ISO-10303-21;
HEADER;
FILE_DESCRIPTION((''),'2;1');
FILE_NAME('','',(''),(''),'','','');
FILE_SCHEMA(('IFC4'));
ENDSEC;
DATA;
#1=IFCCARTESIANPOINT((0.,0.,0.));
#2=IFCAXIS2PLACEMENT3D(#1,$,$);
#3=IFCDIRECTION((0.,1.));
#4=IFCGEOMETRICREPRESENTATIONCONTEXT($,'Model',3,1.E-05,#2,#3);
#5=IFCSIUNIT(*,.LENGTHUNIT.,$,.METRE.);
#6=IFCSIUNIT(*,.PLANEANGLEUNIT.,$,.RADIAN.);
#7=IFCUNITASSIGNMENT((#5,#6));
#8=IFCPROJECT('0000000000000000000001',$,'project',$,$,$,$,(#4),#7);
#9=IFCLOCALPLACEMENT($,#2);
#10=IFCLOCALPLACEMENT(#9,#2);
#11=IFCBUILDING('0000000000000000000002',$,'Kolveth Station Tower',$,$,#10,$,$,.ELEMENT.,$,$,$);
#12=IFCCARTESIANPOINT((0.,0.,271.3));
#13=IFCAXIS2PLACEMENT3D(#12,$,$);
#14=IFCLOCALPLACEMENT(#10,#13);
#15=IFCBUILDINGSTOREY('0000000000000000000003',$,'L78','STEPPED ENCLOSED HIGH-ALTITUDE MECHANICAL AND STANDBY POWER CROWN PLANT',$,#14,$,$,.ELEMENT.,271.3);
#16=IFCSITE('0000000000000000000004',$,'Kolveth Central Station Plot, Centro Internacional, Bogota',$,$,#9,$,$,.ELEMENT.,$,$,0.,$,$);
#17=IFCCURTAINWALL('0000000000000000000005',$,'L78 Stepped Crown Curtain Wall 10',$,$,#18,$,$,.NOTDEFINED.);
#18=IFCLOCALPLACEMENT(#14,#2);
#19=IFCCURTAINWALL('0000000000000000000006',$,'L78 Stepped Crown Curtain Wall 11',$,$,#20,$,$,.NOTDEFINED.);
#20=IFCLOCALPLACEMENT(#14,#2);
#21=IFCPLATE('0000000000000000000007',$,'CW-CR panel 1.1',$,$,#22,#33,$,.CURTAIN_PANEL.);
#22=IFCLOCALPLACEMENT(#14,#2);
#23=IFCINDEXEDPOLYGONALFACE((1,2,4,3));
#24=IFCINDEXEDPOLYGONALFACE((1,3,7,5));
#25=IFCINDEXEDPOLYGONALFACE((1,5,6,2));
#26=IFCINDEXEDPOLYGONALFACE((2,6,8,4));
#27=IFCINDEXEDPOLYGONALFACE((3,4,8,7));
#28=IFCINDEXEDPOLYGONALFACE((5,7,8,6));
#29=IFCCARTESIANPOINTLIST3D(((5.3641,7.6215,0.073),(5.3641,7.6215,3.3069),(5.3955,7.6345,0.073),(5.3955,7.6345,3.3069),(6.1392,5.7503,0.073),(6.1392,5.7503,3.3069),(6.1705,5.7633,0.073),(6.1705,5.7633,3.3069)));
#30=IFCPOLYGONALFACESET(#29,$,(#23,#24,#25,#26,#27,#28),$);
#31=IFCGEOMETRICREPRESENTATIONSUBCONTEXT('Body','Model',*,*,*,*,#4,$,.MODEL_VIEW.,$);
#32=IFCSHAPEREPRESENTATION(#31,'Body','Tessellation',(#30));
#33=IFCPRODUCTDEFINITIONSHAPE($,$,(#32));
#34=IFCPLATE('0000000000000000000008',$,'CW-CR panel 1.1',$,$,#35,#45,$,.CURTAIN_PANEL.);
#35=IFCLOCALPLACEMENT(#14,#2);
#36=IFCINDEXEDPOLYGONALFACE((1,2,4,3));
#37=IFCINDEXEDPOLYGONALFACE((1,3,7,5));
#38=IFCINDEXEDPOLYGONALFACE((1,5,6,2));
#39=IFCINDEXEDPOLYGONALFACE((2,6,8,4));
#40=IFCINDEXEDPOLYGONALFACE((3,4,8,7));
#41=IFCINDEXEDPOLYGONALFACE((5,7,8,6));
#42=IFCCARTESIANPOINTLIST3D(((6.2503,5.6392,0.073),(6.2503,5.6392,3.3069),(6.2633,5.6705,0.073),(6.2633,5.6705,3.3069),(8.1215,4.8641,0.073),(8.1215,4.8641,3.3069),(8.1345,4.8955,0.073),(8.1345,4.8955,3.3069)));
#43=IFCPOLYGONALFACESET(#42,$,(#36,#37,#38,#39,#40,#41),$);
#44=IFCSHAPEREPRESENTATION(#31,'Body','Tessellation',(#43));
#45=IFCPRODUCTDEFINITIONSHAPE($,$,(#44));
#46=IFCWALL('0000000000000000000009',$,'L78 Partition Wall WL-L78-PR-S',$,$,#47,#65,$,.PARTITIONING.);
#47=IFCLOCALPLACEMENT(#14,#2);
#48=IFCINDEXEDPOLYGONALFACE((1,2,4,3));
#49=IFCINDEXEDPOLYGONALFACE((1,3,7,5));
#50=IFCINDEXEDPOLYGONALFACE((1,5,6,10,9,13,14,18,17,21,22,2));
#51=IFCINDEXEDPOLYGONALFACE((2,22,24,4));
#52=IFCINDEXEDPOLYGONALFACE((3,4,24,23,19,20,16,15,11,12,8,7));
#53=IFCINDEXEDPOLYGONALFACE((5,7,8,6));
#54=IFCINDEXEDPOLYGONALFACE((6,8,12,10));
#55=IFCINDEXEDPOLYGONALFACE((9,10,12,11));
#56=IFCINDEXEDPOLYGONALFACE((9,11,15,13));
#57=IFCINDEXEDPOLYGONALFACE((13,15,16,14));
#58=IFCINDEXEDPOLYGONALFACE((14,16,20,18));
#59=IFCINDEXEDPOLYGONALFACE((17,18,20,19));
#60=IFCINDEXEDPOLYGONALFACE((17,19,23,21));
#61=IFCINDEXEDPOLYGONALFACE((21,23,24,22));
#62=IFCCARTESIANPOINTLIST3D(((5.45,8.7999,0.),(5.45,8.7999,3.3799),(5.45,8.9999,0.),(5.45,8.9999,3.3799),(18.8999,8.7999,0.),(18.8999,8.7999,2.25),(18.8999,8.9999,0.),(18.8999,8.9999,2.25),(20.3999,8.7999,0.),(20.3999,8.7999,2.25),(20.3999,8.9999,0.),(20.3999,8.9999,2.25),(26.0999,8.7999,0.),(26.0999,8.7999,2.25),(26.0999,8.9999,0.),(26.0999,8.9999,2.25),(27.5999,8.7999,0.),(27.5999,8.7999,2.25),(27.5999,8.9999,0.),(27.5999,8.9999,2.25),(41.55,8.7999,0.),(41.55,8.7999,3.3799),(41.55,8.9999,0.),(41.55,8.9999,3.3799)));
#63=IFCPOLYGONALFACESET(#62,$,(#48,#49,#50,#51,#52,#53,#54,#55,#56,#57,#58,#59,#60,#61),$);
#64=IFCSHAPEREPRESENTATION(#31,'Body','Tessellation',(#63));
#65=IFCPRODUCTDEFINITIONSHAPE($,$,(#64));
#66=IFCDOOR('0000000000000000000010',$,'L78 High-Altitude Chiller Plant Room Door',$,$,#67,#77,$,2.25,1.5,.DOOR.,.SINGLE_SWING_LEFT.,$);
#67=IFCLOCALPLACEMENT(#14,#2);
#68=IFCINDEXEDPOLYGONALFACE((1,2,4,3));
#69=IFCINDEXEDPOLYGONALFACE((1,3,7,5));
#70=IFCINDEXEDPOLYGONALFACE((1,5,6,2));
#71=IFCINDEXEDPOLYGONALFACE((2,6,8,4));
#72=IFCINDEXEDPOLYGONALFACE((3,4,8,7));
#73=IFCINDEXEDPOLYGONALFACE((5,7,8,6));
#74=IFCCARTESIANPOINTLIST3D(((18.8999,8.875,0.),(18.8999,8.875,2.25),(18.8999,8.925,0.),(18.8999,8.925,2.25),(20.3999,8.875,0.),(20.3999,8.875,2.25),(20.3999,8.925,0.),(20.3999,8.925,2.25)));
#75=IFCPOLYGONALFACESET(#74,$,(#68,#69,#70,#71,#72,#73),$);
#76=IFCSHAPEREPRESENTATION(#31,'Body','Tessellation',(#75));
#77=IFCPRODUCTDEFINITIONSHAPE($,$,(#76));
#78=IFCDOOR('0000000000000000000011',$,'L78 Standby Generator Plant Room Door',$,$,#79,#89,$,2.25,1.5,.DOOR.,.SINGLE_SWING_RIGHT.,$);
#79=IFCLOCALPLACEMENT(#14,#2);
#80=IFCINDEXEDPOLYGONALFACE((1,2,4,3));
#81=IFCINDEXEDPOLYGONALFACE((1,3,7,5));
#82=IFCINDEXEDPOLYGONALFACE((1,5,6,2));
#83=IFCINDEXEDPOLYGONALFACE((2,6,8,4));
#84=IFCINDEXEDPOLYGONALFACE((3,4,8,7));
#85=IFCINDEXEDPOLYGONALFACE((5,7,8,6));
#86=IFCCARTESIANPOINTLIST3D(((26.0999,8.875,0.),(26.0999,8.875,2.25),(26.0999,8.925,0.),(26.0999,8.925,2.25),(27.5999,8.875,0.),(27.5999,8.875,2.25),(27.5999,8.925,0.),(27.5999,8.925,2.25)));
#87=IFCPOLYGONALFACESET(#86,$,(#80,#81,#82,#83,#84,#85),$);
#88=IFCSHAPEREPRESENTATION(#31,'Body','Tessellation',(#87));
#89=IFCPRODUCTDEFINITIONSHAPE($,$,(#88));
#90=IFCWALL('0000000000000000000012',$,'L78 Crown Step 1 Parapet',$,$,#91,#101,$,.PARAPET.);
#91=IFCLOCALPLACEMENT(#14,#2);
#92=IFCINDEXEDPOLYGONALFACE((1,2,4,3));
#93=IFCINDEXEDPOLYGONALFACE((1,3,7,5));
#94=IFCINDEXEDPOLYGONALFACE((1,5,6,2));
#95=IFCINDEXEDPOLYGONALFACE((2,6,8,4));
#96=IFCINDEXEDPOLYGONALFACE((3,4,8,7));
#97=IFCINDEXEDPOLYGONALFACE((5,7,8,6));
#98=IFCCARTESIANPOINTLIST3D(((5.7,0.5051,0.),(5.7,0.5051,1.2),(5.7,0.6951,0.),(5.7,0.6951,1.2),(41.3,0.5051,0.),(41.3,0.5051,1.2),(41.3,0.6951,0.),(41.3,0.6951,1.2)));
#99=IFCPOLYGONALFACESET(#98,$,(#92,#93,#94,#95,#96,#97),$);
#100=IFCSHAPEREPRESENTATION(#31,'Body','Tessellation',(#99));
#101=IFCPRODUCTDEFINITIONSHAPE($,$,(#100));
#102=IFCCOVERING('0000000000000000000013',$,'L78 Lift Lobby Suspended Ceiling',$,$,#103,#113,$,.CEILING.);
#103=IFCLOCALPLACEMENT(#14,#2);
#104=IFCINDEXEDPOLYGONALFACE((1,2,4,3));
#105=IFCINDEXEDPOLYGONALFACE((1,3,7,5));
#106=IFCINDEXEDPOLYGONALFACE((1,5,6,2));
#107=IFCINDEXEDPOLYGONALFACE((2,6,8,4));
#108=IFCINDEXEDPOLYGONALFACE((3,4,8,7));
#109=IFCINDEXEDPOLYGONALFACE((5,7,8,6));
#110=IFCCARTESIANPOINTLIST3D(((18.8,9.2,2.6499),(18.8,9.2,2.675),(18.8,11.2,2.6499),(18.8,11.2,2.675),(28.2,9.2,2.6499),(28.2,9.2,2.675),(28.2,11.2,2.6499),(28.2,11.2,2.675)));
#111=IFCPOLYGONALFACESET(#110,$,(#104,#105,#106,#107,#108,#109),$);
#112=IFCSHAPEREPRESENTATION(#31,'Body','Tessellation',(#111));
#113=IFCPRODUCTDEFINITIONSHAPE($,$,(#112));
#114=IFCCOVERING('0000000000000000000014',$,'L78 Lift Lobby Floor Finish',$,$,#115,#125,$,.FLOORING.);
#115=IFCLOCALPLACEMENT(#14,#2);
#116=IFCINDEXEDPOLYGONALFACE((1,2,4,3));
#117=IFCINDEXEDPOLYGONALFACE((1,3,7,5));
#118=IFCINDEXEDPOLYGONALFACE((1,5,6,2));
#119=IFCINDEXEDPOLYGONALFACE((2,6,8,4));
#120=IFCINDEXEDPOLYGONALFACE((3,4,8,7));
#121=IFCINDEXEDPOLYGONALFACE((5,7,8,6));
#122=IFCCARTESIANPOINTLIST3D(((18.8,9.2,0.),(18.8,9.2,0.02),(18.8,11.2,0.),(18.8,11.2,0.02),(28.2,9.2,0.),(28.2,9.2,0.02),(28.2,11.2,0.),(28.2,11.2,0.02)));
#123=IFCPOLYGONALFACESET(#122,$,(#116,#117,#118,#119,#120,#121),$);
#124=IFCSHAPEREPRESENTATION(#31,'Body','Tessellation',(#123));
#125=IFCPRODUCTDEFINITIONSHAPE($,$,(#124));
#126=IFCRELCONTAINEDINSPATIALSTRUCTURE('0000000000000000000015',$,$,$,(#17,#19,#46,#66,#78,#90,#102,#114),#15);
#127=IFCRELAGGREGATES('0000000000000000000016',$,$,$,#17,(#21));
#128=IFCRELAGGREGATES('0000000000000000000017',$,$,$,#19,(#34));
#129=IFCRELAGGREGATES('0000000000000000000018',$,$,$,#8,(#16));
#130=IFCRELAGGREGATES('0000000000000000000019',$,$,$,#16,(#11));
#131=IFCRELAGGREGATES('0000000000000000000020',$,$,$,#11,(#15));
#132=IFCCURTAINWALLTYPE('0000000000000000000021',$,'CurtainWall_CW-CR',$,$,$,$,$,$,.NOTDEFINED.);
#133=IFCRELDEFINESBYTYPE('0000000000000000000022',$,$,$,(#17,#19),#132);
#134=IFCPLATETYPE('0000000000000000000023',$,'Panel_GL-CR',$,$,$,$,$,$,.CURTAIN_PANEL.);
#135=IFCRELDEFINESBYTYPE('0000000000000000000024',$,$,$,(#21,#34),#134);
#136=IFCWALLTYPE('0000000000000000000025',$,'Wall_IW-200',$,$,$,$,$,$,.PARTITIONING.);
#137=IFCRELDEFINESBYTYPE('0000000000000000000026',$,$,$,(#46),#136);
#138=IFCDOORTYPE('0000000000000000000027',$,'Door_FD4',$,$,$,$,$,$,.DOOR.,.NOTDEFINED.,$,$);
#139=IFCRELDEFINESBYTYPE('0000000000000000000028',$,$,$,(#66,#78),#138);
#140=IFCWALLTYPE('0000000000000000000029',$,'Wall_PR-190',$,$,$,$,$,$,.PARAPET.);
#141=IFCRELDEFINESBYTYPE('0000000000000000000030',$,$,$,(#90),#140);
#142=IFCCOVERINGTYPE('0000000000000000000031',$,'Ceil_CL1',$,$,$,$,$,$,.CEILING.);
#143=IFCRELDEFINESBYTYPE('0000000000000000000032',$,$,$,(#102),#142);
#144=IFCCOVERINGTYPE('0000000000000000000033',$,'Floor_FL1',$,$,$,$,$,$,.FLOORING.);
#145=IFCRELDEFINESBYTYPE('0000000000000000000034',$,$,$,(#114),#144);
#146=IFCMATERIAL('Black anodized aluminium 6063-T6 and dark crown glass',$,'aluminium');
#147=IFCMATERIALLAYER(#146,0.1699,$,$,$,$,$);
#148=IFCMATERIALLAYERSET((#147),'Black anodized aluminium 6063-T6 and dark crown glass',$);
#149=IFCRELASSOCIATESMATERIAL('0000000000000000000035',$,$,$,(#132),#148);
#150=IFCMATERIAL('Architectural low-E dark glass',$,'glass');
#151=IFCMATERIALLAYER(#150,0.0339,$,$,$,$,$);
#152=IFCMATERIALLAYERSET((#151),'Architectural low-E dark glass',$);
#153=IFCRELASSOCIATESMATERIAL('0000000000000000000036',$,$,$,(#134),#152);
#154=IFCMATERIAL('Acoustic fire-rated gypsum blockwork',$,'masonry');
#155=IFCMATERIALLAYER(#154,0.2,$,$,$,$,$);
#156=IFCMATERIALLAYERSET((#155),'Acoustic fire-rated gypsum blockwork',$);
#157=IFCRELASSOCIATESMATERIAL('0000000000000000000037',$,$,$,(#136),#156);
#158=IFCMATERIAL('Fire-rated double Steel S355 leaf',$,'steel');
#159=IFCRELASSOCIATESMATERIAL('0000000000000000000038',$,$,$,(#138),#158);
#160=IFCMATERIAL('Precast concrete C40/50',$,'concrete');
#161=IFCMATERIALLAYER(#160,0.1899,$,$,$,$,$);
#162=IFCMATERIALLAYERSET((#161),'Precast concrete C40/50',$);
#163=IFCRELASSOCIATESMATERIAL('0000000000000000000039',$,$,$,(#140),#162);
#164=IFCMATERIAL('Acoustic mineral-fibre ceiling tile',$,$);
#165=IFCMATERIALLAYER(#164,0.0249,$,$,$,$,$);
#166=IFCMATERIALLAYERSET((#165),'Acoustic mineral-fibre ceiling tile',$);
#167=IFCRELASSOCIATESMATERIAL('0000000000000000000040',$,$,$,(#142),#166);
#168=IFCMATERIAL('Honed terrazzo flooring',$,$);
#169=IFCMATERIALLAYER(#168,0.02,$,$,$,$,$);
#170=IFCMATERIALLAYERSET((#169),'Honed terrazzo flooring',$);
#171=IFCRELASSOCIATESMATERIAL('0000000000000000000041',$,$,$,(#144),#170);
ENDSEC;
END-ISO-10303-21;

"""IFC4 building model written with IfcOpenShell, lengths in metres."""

from ifc_helpers import new_model, si_unit, direction, frame, frame_2d, origin, origin_2d, place, context, subcontext, project, spatial, polyline, rectangle, outline, extrude, source, transform, mapped, material, layer, layer_set, type_object, element, fill, aggregate, save


model = new_model("IFC4")

# Units and contexts
model_context = context("Model", 3, precision=1e-05, world=origin(), true_north=direction((0.0, 1.0)))
body_context = subcontext(model_context, "Body", "Model", "MODEL_VIEW")
ifc_project = project(units=[si_unit("LENGTHUNIT", "METRE"), si_unit("PLANEANGLEUNIT", "RADIAN")], contexts=[model_context])

# Site, building, storey
site_placement = place(None, origin())
site = spatial("IfcSite", under=ifc_project, at=site_placement, Name="Kolveth Central Station Plot, Centro Internacional, Bogota", CompositionType="ELEMENT", RefElevation=0.0)
building_placement = place(site_placement, origin())
building = spatial("IfcBuilding", under=site, at=building_placement, Name="Kolveth Station Tower", CompositionType="ELEMENT")
storey_placement = place(building_placement, frame((0.0, 0.0, 271.3)))
storey = spatial("IfcBuildingStorey", under=building, at=storey_placement, Name="L78", Description="STEPPED ENCLOSED HIGH-ALTITUDE MECHANICAL AND STANDBY POWER CROWN PLANT", CompositionType="ELEMENT", Elevation=271.3)

# Shared definitions
ifc_material_1 = material(Name="Black anodized aluminium 6063-T6 and dark crown glass", Category="aluminium")
ifc_layer_1 = layer(ifc_material_1, 0.1699)
ifc_layer_set_1 = layer_set([ifc_layer_1], Name="Black anodized aluminium 6063-T6 and dark crown glass")
curtain_wall_type = type_object("IfcCurtainWallType", Name="CurtainWall_CW-CR", PredefinedType="NOTDEFINED", material=ifc_layer_set_1)

# Curtain wall
curtain_wall_1_placement = place(storey_placement, origin())
curtain_wall_1 = element("IfcCurtainWall", 1, at=curtain_wall_1_placement, inside=storey, type_object=curtain_wall_type, Name="L78 Stepped Crown Curtain Wall 10", PredefinedType="NOTDEFINED")

# Curtain wall
curtain_wall_2_placement = place(storey_placement, origin())
curtain_wall_2 = element("IfcCurtainWall", 2, at=curtain_wall_2_placement, inside=storey, type_object=curtain_wall_type, Name="L78 Stepped Crown Curtain Wall 11", PredefinedType="NOTDEFINED")

# Plates
ifc_material_2 = material(Name="Architectural low-E dark glass", Category="glass")
ifc_layer_2 = layer(ifc_material_2, 0.0339)
ifc_layer_set_2 = layer_set([ifc_layer_2], Name="Architectural low-E dark glass")
plate_type_1 = type_object("IfcPlateType", Name="Panel_GL-CR", PredefinedType="CURTAIN_PANEL", material=ifc_layer_set_2)
shared_shape_1 = source(origin(), body_context, "Body", "SweptSolid", [
    extrude(rectangle(XDim=2.0254, YDim=0.0339, at=origin_2d()), origin(), (0.0, 0.0, 1.0), 3.2339),
])
plate_1_placement = place(storey_placement, frame((5.7673, 6.6924, 0.073), z_axis=(0.0, 0.0, 1.0), x_axis=(0.382658, -0.92389, 0.0)))
plate_1 = element("IfcPlate", 3, at=plate_1_placement, type_object=plate_type_1, Name="CW-CR panel 1.1", PredefinedType="CURTAIN_PANEL", context=body_context, shape_type="MappedRepresentation", body=[
    mapped(shared_shape_1, transform((0.0, 0.0, 0.0), x_axis=(1.0, 0.0, 0.0), y_axis=(0.0, 1.0, 0.0), z_axis=(0.0, 0.0, 1.0), scale=1.0)),
])
aggregate(curtain_wall_1, [plate_1])
plate_2_placement = place(storey_placement, frame((7.1924, 5.2673, 0.073), z_axis=(0.0, 0.0, 1.0), x_axis=(0.92389, -0.382658, 0.0)))
plate_2 = element("IfcPlate", 4, at=plate_2_placement, type_object=plate_type_1, Name="CW-CR panel 1.1", PredefinedType="CURTAIN_PANEL", context=body_context, shape_type="MappedRepresentation", body=[
    mapped(shared_shape_1, transform((0.0, 0.0, 0.0), x_axis=(1.0, 0.0, 0.0), y_axis=(0.0, 1.0, 0.0), z_axis=(0.0, 0.0, 1.0), scale=1.0)),
])
aggregate(curtain_wall_2, [plate_2])

# Wall, openings, doors
ifc_material_3 = material(Name="Acoustic fire-rated gypsum blockwork", Category="masonry")
ifc_layer_3 = layer(ifc_material_3, 0.2)
ifc_layer_set_3 = layer_set([ifc_layer_3], Name="Acoustic fire-rated gypsum blockwork")
wall_type_1 = type_object("IfcWallType", Name="Wall_IW-200", PredefinedType="PARTITIONING", material=ifc_layer_set_3)
wall_1_placement = place(storey_placement, frame((5.45, 8.8999, 0.0), z_axis=(0.0, 0.0, 1.0), x_axis=(1.0, 0.0, 0.0)))
wall_1 = element("IfcWall", 5, at=wall_1_placement, inside=storey, type_object=wall_type_1, Name="L78 Partition Wall WL-L78-PR-S", PredefinedType="PARTITIONING", context=body_context, shape_type="SweptSolid", body=[
    extrude(rectangle(XDim=36.1001, YDim=0.2, at=frame_2d((18.05, 0.0))), origin(), (0.0, 0.0, 1.0), 3.3799),
])
opening_1_placement = place(wall_1_placement, frame((13.45, 0.0, 0.0)))
opening_1 = element("IfcOpeningElement", 6, at=opening_1_placement, cuts=wall_1, PredefinedType="OPENING", context=body_context, shape_type="SweptSolid", body=[
    extrude(rectangle(XDim=1.5, YDim=2.25, at=frame_2d((0.75, 1.125))), frame((0.0, 0.1099, 0.0), z_axis=(0.0, -1.0, 0.0), x_axis=(1.0, 0.0, 0.0)), (0.0, 0.0, 1.0), 0.22),
])
opening_2_placement = place(wall_1_placement, frame((20.6499, 0.0, 0.0)))
opening_2 = element("IfcOpeningElement", 7, at=opening_2_placement, cuts=wall_1, PredefinedType="OPENING", context=body_context, shape_type="SweptSolid", body=[
    extrude(rectangle(XDim=1.5, YDim=2.25, at=frame_2d((0.75, 1.125))), frame((0.0, 0.1099, 0.0), z_axis=(0.0, -1.0, 0.0), x_axis=(1.0, 0.0, 0.0)), (0.0, 0.0, 1.0), 0.22),
])
ifc_material_4 = material(Name="Fire-rated double Steel S355 leaf", Category="steel")
door_type = type_object("IfcDoorType", Name="Door_FD4", OperationType="NOTDEFINED", PredefinedType="DOOR", material=ifc_material_4)
door_1_placement = place(opening_1_placement, frame((1.5, 0.0, 0.0), z_axis=(0.0, 0.0, 1.0), x_axis=(-1.0, 0.0, 0.0)))
door_1 = element("IfcDoor", 8, at=door_1_placement, inside=storey, type_object=door_type, Name="L78 High-Altitude Chiller Plant Room Door", OperationType="SINGLE_SWING_LEFT", OverallHeight=2.25, OverallWidth=1.5, PredefinedType="DOOR", context=body_context, shape_type="SweptSolid", body=[
    extrude(rectangle(XDim=1.5, YDim=2.25, at=frame_2d((0.75, 1.125))), frame((0.0, 0.0249, 0.0), z_axis=(0.0, -1.0, 0.0), x_axis=(1.0, 0.0, 0.0)), (0.0, 0.0, 1.0), 0.05),
])
fill(opening_1, door_1)
door_2_placement = place(opening_2_placement, frame((1.5, 0.0, 0.0), z_axis=(0.0, 0.0, 1.0), x_axis=(-1.0, 0.0, 0.0)))
door_2 = element("IfcDoor", 9, at=door_2_placement, inside=storey, type_object=door_type, Name="L78 Standby Generator Plant Room Door", OperationType="SINGLE_SWING_RIGHT", OverallHeight=2.25, OverallWidth=1.5, PredefinedType="DOOR", context=body_context, shape_type="SweptSolid", body=[
    extrude(rectangle(XDim=1.5, YDim=2.25, at=frame_2d((0.75, 1.125))), frame((0.0, 0.0249, 0.0), z_axis=(0.0, -1.0, 0.0), x_axis=(1.0, 0.0, 0.0)), (0.0, 0.0, 1.0), 0.05),
])
fill(opening_2, door_2)

# Wall
ifc_material_5 = material(Name="Precast concrete C40/50", Category="concrete")
ifc_layer_4 = layer(ifc_material_5, 0.1899)
ifc_layer_set_4 = layer_set([ifc_layer_4], Name="Precast concrete C40/50")
wall_type_2 = type_object("IfcWallType", Name="Wall_PR-190", PredefinedType="PARAPET", material=ifc_layer_set_4)
wall_2_placement = place(storey_placement, frame((5.7, 0.6001, 0.0), z_axis=(0.0, 0.0, 1.0), x_axis=(1.0, 0.0, 0.0)))
element("IfcWall", 10, at=wall_2_placement, inside=storey, type_object=wall_type_2, Name="L78 Crown Step 1 Parapet", PredefinedType="PARAPET", context=body_context, shape_type="SweptSolid", body=[
    extrude(rectangle(XDim=35.6001, YDim=0.1899, at=frame_2d((17.8, 0.0))), origin(), (0.0, 0.0, 1.0), 1.2),
])

# Coverings
ifc_material_6 = material(Name="Acoustic mineral-fibre ceiling tile")
ifc_layer_5 = layer(ifc_material_6, 0.0249)
ifc_layer_set_5 = layer_set([ifc_layer_5], Name="Acoustic mineral-fibre ceiling tile")
covering_type_1 = type_object("IfcCoveringType", Name="Ceil_CL1", PredefinedType="CEILING", material=ifc_layer_set_5)
covering_1_placement = place(storey_placement, frame((0.0, 0.0, 2.6499)))
element("IfcCovering", 11, at=covering_1_placement, inside=storey, type_object=covering_type_1, Name="L78 Lift Lobby Suspended Ceiling", PredefinedType="CEILING", context=body_context, shape_type="SweptSolid", body=[
    extrude(outline(polyline([(18.8, 9.2), (28.2, 9.2), (28.2, 11.2), (18.8, 11.2), (18.8, 9.2)])), origin(), (0.0, 0.0, 1.0), 0.0251),
])
ifc_material_7 = material(Name="Honed terrazzo flooring")
ifc_layer_6 = layer(ifc_material_7, 0.02)
ifc_layer_set_6 = layer_set([ifc_layer_6], Name="Honed terrazzo flooring")
covering_type_2 = type_object("IfcCoveringType", Name="Floor_FL1", PredefinedType="FLOORING", material=ifc_layer_set_6)
covering_2_placement = place(storey_placement, origin())
element("IfcCovering", 12, at=covering_2_placement, inside=storey, type_object=covering_type_2, Name="L78 Lift Lobby Floor Finish", PredefinedType="FLOORING", context=body_context, shape_type="SweptSolid", body=[
    extrude(outline(polyline([(18.8, 9.2), (28.2, 9.2), (28.2, 11.2), (18.8, 11.2), (18.8, 9.2)])), origin(), (0.0, 0.0, 1.0), 0.02),
])

save(model, "model.ifc")
